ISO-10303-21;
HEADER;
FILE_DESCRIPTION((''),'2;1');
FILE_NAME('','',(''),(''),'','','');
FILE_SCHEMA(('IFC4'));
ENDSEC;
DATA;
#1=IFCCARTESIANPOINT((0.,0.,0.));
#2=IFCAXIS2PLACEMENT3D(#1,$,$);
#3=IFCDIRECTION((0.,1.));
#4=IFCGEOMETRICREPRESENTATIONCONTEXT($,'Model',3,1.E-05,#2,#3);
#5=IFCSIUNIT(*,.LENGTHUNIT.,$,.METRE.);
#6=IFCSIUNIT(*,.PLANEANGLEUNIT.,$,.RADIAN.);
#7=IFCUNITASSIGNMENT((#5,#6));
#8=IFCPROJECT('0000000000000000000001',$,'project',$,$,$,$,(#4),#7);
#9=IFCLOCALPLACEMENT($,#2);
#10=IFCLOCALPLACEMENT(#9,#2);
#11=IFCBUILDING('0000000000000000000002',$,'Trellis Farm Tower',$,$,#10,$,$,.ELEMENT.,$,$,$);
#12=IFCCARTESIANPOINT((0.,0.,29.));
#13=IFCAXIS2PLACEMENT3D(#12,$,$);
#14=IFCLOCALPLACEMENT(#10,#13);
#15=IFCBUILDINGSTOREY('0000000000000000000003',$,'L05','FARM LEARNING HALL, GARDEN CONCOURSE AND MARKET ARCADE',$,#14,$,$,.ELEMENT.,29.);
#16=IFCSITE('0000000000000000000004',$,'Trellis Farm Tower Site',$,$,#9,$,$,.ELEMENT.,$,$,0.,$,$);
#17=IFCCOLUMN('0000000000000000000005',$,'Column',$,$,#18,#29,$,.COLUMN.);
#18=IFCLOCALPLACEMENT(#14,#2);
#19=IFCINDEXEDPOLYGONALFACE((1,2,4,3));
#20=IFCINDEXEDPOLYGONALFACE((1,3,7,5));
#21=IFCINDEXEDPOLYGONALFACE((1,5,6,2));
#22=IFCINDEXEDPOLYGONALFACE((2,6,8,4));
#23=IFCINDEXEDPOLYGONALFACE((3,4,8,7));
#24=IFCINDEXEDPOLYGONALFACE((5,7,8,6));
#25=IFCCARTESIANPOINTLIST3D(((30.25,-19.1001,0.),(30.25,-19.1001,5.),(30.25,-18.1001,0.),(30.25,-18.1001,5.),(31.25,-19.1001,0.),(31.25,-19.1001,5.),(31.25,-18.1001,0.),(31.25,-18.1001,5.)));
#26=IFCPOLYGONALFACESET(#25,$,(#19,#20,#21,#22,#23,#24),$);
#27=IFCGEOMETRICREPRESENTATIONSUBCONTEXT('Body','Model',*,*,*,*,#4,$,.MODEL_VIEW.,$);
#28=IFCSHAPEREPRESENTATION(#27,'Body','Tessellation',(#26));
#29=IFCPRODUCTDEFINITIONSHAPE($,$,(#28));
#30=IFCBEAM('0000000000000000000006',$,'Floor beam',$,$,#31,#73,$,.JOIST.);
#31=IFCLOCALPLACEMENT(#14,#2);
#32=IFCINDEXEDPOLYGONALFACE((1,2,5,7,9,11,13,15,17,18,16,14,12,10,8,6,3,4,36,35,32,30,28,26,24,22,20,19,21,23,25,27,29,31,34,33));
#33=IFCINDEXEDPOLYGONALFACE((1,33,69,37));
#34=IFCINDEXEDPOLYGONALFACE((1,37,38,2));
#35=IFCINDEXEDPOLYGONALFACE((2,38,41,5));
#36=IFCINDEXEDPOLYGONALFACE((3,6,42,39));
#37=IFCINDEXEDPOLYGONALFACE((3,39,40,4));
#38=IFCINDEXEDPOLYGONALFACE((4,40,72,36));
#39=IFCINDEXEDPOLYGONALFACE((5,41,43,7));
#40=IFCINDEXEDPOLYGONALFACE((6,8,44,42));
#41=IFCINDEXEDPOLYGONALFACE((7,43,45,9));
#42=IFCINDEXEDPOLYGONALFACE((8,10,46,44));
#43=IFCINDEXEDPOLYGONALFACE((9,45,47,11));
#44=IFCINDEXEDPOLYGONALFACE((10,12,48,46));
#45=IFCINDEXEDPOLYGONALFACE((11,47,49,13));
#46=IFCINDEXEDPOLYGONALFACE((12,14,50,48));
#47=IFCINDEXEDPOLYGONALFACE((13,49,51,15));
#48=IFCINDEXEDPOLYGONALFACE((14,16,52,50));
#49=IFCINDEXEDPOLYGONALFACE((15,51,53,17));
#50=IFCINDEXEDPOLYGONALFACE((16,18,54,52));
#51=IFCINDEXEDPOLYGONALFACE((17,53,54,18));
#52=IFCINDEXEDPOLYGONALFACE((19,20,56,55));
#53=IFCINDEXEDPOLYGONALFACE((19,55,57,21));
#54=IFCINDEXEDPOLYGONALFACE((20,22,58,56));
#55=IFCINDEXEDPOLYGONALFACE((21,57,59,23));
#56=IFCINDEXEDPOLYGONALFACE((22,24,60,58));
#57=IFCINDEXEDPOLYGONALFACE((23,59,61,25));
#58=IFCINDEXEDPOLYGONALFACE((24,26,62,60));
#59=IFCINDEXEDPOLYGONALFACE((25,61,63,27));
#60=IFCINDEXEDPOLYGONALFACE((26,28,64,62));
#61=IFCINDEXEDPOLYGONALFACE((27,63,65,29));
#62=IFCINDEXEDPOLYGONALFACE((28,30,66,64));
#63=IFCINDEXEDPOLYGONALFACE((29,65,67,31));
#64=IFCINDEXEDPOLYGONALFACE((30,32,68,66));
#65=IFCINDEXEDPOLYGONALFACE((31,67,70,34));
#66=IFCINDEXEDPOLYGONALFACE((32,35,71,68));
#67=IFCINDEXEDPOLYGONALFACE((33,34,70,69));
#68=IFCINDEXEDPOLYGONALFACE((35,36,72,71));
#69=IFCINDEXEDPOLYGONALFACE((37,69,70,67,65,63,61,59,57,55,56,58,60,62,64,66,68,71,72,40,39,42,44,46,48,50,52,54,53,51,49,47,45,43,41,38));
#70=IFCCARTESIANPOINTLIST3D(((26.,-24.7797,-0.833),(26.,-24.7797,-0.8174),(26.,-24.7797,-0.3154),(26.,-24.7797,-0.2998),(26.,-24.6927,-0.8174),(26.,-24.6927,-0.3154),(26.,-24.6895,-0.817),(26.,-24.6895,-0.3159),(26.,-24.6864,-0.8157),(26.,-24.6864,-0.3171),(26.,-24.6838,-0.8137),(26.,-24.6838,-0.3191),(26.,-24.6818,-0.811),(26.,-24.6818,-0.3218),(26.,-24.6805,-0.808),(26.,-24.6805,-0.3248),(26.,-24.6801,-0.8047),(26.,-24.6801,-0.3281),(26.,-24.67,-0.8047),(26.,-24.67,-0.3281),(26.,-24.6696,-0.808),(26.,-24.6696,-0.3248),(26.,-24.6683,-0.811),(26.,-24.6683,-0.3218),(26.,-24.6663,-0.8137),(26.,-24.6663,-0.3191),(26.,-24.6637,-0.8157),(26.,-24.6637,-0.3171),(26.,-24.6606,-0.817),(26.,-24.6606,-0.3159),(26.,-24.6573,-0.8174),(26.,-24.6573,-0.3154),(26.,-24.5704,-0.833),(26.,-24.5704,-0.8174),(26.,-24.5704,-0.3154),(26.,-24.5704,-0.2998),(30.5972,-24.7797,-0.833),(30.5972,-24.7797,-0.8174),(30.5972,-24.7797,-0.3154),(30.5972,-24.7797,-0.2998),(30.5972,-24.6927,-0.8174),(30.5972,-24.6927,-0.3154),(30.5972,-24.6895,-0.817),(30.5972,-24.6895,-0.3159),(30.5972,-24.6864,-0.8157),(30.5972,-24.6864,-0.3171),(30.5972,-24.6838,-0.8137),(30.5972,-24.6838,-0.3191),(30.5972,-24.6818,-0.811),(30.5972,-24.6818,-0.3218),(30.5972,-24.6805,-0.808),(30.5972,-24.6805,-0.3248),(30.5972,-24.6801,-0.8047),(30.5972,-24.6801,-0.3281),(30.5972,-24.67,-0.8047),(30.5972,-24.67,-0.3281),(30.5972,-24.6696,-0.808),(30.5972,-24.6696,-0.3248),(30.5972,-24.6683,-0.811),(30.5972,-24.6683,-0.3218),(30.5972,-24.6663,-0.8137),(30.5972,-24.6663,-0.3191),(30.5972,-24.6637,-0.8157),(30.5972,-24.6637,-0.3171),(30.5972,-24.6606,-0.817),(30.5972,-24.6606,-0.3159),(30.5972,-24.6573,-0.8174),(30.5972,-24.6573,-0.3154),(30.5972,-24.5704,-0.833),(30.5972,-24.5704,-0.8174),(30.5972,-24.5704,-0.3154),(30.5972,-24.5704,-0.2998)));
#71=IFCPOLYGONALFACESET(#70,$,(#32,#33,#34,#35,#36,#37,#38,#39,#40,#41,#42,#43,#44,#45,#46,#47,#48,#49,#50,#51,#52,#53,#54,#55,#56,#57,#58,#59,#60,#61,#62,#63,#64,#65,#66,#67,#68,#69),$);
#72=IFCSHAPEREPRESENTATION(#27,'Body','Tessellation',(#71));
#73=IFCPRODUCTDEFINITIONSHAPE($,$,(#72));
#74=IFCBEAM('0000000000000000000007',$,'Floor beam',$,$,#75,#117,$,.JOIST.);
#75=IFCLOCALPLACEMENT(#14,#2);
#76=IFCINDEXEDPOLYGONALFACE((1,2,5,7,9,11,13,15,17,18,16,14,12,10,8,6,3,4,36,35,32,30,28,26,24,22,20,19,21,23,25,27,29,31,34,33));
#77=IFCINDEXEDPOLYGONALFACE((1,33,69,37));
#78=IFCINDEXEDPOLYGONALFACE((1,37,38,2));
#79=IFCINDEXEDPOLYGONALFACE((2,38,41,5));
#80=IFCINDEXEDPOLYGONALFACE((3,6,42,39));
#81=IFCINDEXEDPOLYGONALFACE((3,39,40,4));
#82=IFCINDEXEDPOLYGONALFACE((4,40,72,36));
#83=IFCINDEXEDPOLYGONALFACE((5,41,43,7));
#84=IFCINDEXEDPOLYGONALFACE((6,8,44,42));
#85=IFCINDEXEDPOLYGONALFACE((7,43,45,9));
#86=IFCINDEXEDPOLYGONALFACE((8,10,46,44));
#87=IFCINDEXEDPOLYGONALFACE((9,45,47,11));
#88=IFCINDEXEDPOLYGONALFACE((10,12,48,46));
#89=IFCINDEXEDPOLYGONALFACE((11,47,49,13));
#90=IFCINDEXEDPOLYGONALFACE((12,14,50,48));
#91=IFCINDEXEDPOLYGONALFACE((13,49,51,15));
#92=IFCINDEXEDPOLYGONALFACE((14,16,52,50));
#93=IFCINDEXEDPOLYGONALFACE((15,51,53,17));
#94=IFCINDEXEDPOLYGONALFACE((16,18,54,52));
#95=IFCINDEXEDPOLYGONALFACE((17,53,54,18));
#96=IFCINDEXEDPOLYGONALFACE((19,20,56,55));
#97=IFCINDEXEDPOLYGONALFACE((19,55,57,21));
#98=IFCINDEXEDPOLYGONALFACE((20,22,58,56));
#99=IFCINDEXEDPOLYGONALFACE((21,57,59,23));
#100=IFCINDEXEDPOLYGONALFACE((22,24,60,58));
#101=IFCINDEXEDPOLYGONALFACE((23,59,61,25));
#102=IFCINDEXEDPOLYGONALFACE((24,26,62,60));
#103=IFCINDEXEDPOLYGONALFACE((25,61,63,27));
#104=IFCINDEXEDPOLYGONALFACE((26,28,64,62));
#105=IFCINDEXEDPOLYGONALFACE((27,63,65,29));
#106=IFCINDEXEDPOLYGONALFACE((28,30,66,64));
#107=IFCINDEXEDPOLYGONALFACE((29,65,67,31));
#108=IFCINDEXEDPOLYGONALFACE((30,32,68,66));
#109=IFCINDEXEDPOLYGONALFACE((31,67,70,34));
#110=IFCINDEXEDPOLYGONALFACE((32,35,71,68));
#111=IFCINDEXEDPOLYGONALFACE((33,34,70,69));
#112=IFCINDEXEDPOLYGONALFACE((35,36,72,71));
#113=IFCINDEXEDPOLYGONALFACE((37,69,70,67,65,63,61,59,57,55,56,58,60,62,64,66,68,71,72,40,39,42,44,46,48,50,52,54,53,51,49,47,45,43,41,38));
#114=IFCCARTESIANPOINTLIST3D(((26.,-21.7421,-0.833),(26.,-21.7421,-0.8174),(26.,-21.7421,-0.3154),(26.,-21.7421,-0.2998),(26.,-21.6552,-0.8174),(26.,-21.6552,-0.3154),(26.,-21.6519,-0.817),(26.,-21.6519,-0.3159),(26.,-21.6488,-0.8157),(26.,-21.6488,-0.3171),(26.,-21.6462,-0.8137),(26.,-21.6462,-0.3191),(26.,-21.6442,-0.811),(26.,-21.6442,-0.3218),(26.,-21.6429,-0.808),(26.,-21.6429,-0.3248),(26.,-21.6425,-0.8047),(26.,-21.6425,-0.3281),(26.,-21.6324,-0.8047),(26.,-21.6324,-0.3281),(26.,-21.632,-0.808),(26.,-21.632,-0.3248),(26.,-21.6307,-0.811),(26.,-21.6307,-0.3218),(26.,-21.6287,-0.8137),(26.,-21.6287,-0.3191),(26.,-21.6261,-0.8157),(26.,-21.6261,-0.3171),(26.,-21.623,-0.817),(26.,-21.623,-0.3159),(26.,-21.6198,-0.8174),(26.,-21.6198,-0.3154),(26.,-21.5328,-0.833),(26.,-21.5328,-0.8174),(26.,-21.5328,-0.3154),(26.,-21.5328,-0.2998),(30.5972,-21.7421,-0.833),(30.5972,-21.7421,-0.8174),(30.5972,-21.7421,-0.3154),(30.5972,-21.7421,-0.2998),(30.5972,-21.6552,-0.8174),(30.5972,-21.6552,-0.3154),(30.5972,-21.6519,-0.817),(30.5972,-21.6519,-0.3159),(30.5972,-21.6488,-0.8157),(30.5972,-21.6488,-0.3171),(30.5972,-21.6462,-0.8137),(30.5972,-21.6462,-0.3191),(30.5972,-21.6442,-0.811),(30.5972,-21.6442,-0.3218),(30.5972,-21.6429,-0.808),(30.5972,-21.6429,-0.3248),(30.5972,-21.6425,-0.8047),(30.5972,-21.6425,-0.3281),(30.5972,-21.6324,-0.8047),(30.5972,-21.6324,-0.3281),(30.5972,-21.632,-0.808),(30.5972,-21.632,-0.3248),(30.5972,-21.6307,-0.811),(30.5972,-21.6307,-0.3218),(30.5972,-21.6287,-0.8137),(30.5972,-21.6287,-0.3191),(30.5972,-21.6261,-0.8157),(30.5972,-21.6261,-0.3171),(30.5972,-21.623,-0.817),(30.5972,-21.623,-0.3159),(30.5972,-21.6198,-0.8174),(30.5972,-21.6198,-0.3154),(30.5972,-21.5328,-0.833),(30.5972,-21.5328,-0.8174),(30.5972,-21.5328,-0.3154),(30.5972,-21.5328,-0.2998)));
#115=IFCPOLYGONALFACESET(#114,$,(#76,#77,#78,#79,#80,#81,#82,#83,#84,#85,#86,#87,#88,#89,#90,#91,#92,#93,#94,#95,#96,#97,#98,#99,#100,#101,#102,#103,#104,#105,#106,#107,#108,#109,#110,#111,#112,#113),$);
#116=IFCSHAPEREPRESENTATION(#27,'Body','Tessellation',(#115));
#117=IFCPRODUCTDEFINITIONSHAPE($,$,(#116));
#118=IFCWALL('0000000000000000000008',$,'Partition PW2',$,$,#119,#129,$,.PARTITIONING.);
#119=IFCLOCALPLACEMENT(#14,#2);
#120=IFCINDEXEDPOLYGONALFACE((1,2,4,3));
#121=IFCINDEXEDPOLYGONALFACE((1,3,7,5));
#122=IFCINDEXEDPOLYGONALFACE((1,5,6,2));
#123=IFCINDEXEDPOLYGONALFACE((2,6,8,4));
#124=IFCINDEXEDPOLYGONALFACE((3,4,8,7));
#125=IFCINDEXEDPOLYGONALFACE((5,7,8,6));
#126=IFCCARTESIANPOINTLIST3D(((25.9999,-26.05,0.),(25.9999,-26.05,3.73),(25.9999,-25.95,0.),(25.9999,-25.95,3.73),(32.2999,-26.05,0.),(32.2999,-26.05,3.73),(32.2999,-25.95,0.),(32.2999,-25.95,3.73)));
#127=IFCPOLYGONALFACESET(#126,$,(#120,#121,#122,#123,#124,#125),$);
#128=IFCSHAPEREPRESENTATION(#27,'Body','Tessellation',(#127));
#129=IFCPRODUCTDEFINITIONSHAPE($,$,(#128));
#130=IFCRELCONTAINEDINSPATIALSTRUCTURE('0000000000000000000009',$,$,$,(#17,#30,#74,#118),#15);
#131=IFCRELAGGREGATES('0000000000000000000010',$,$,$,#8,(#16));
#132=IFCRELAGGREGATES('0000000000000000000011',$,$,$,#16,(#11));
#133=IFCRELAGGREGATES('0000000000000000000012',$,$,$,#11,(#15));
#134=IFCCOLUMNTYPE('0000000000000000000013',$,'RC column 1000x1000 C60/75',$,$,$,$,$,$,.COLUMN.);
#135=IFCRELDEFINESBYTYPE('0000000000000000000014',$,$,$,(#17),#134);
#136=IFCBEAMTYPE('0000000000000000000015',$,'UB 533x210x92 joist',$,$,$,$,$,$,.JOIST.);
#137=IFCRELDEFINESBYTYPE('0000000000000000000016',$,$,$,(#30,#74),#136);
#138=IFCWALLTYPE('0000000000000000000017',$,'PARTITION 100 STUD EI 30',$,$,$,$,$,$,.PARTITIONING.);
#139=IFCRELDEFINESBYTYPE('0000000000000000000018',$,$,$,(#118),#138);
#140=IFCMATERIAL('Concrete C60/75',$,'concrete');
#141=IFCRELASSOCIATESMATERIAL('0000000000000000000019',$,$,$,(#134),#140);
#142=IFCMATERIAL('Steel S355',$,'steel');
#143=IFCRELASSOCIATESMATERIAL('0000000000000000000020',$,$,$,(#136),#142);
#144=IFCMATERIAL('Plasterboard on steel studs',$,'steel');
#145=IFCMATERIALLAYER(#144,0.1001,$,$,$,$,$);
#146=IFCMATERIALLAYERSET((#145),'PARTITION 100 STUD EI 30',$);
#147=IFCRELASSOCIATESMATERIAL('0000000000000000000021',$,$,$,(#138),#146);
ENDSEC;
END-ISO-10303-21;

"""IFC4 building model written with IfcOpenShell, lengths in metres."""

from ifc_helpers import new_model, si_unit, direction, frame, frame_2d, origin, origin_2d, place, context, subcontext, project, spatial, rectangle, i_section, extrude, source, transform, mapped, material, layer, layer_set, material_profile, profile_set, type_object, element, save


model = new_model("IFC4")

# Units and contexts
model_context = context("Model", 3, precision=1e-05, world=origin(), true_north=direction((0.0, 1.0)))
body_context = subcontext(model_context, "Body", "Model", "MODEL_VIEW")
ifc_project = project(units=[si_unit("LENGTHUNIT", "METRE"), si_unit("PLANEANGLEUNIT", "RADIAN")], contexts=[model_context])

# Site, building, storey
site_placement = place(None, origin())
site = spatial("IfcSite", under=ifc_project, at=site_placement, Name="Trellis Farm Tower Site", CompositionType="ELEMENT", RefElevation=0.0)
building_placement = place(site_placement, origin())
building = spatial("IfcBuilding", under=site, at=building_placement, Name="Trellis Farm Tower", CompositionType="ELEMENT")
storey_placement = place(building_placement, frame((0.0, 0.0, 29.0)))
storey = spatial("IfcBuildingStorey", under=building, at=storey_placement, Name="L05", Description="FARM LEARNING HALL, GARDEN CONCOURSE AND MARKET ARCADE", CompositionType="ELEMENT", Elevation=29.0)

# Column
ifc_material_1 = material(Name="Concrete C60/75", Category="concrete")
ifc_material_profile_1 = material_profile(ifc_material_1, rectangle(XDim=1.0, YDim=1.0, at=origin_2d()), Name="RC column 1000x1000 C60/75")
ifc_profile_set_1 = profile_set([ifc_material_profile_1], Name="Concrete C60/75")
column_type = type_object("IfcColumnType", Name="RC column 1000x1000 C60/75", PredefinedType="COLUMN", material=ifc_profile_set_1)
shared_shape_1 = source(origin(), body_context, "Body", "SweptSolid", [
    extrude(rectangle(XDim=1.0, YDim=1.0, at=origin_2d()), origin(), (0.0, 0.0, 1.0), 5.0),
])
column_placement = place(storey_placement, frame((30.75, -18.6001, 0.0), z_axis=(0.0, 0.0, 1.0), x_axis=(1.0, 0.0, 0.0)))
element("IfcColumn", 1, at=column_placement, inside=storey, type_object=column_type, Name="Column", PredefinedType="COLUMN", context=body_context, shape_type="MappedRepresentation", body=[
    mapped(shared_shape_1, transform((0.0, 0.0, 0.0))),
])

# Beams
ifc_material_2 = material(Name="Steel S355", Category="steel")
ifc_material_profile_2 = material_profile(ifc_material_2, i_section(OverallWidth=0.2092, OverallDepth=0.5332, WebThickness=0.01, FlangeThickness=0.0156, FilletRadius=0.0127, at=origin_2d()), Name="UB 533x210x92")
ifc_profile_set_2 = profile_set([ifc_material_profile_2], Name="Steel S355")
beam_type = type_object("IfcBeamType", Name="UB 533x210x92 joist", PredefinedType="JOIST", material=ifc_profile_set_2)
shared_shape_2 = source(origin(), body_context, "Body", "SweptSolid", [
    extrude(i_section(OverallWidth=0.2092, OverallDepth=0.5332, WebThickness=0.01, FlangeThickness=0.0156, FilletRadius=0.0127, at=origin_2d()), origin(), (0.0, 0.0, 1.0), 4.5972),
])
for number, where, z_axis, x_axis, name in (
    (2, (26.0, -24.675, -0.5664), (1.0, 0.0, 0.0), (0.0, 1.0, 0.0), "Floor beam"),
    (3, (26.0, -21.6375, -0.5664), (1.0, 0.0, 0.0), (0.0, 1.0, 0.0), "Floor beam"),
):
    element("IfcBeam", number, at=place(storey_placement, frame(where, z_axis=z_axis, x_axis=x_axis)), inside=storey, type_object=beam_type, Name=name, PredefinedType="JOIST", context=body_context, shape_type="MappedRepresentation", body=[
        mapped(shared_shape_2, transform((0.0, 0.0, 0.0))),
    ])

# Wall
ifc_material_3 = material(Name="Plasterboard on steel studs", Category="steel")
ifc_layer = layer(ifc_material_3, 0.1001)
ifc_layer_set = layer_set([ifc_layer], Name="PARTITION 100 STUD EI 30")
wall_type = type_object("IfcWallType", Name="PARTITION 100 STUD EI 30", PredefinedType="PARTITIONING", material=ifc_layer_set)
shared_shape_3 = source(origin(), body_context, "Body", "SweptSolid", [
    extrude(rectangle(XDim=6.3, YDim=0.1001, at=frame_2d((3.1499, 0.0))), origin(), (0.0, 0.0, 1.0), 3.73),
])
wall_placement = place(storey_placement, frame((26.0, -26.0, 0.0), z_axis=(0.0, 0.0, 1.0), x_axis=(1.0, 0.0, 0.0)))
element("IfcWall", 4, at=wall_placement, inside=storey, type_object=wall_type, Name="Partition PW2", PredefinedType="PARTITIONING", context=body_context, shape_type="MappedRepresentation", body=[
    mapped(shared_shape_3, transform((0.0, 0.0, 0.0))),
])

save(model, "model.ifc")
